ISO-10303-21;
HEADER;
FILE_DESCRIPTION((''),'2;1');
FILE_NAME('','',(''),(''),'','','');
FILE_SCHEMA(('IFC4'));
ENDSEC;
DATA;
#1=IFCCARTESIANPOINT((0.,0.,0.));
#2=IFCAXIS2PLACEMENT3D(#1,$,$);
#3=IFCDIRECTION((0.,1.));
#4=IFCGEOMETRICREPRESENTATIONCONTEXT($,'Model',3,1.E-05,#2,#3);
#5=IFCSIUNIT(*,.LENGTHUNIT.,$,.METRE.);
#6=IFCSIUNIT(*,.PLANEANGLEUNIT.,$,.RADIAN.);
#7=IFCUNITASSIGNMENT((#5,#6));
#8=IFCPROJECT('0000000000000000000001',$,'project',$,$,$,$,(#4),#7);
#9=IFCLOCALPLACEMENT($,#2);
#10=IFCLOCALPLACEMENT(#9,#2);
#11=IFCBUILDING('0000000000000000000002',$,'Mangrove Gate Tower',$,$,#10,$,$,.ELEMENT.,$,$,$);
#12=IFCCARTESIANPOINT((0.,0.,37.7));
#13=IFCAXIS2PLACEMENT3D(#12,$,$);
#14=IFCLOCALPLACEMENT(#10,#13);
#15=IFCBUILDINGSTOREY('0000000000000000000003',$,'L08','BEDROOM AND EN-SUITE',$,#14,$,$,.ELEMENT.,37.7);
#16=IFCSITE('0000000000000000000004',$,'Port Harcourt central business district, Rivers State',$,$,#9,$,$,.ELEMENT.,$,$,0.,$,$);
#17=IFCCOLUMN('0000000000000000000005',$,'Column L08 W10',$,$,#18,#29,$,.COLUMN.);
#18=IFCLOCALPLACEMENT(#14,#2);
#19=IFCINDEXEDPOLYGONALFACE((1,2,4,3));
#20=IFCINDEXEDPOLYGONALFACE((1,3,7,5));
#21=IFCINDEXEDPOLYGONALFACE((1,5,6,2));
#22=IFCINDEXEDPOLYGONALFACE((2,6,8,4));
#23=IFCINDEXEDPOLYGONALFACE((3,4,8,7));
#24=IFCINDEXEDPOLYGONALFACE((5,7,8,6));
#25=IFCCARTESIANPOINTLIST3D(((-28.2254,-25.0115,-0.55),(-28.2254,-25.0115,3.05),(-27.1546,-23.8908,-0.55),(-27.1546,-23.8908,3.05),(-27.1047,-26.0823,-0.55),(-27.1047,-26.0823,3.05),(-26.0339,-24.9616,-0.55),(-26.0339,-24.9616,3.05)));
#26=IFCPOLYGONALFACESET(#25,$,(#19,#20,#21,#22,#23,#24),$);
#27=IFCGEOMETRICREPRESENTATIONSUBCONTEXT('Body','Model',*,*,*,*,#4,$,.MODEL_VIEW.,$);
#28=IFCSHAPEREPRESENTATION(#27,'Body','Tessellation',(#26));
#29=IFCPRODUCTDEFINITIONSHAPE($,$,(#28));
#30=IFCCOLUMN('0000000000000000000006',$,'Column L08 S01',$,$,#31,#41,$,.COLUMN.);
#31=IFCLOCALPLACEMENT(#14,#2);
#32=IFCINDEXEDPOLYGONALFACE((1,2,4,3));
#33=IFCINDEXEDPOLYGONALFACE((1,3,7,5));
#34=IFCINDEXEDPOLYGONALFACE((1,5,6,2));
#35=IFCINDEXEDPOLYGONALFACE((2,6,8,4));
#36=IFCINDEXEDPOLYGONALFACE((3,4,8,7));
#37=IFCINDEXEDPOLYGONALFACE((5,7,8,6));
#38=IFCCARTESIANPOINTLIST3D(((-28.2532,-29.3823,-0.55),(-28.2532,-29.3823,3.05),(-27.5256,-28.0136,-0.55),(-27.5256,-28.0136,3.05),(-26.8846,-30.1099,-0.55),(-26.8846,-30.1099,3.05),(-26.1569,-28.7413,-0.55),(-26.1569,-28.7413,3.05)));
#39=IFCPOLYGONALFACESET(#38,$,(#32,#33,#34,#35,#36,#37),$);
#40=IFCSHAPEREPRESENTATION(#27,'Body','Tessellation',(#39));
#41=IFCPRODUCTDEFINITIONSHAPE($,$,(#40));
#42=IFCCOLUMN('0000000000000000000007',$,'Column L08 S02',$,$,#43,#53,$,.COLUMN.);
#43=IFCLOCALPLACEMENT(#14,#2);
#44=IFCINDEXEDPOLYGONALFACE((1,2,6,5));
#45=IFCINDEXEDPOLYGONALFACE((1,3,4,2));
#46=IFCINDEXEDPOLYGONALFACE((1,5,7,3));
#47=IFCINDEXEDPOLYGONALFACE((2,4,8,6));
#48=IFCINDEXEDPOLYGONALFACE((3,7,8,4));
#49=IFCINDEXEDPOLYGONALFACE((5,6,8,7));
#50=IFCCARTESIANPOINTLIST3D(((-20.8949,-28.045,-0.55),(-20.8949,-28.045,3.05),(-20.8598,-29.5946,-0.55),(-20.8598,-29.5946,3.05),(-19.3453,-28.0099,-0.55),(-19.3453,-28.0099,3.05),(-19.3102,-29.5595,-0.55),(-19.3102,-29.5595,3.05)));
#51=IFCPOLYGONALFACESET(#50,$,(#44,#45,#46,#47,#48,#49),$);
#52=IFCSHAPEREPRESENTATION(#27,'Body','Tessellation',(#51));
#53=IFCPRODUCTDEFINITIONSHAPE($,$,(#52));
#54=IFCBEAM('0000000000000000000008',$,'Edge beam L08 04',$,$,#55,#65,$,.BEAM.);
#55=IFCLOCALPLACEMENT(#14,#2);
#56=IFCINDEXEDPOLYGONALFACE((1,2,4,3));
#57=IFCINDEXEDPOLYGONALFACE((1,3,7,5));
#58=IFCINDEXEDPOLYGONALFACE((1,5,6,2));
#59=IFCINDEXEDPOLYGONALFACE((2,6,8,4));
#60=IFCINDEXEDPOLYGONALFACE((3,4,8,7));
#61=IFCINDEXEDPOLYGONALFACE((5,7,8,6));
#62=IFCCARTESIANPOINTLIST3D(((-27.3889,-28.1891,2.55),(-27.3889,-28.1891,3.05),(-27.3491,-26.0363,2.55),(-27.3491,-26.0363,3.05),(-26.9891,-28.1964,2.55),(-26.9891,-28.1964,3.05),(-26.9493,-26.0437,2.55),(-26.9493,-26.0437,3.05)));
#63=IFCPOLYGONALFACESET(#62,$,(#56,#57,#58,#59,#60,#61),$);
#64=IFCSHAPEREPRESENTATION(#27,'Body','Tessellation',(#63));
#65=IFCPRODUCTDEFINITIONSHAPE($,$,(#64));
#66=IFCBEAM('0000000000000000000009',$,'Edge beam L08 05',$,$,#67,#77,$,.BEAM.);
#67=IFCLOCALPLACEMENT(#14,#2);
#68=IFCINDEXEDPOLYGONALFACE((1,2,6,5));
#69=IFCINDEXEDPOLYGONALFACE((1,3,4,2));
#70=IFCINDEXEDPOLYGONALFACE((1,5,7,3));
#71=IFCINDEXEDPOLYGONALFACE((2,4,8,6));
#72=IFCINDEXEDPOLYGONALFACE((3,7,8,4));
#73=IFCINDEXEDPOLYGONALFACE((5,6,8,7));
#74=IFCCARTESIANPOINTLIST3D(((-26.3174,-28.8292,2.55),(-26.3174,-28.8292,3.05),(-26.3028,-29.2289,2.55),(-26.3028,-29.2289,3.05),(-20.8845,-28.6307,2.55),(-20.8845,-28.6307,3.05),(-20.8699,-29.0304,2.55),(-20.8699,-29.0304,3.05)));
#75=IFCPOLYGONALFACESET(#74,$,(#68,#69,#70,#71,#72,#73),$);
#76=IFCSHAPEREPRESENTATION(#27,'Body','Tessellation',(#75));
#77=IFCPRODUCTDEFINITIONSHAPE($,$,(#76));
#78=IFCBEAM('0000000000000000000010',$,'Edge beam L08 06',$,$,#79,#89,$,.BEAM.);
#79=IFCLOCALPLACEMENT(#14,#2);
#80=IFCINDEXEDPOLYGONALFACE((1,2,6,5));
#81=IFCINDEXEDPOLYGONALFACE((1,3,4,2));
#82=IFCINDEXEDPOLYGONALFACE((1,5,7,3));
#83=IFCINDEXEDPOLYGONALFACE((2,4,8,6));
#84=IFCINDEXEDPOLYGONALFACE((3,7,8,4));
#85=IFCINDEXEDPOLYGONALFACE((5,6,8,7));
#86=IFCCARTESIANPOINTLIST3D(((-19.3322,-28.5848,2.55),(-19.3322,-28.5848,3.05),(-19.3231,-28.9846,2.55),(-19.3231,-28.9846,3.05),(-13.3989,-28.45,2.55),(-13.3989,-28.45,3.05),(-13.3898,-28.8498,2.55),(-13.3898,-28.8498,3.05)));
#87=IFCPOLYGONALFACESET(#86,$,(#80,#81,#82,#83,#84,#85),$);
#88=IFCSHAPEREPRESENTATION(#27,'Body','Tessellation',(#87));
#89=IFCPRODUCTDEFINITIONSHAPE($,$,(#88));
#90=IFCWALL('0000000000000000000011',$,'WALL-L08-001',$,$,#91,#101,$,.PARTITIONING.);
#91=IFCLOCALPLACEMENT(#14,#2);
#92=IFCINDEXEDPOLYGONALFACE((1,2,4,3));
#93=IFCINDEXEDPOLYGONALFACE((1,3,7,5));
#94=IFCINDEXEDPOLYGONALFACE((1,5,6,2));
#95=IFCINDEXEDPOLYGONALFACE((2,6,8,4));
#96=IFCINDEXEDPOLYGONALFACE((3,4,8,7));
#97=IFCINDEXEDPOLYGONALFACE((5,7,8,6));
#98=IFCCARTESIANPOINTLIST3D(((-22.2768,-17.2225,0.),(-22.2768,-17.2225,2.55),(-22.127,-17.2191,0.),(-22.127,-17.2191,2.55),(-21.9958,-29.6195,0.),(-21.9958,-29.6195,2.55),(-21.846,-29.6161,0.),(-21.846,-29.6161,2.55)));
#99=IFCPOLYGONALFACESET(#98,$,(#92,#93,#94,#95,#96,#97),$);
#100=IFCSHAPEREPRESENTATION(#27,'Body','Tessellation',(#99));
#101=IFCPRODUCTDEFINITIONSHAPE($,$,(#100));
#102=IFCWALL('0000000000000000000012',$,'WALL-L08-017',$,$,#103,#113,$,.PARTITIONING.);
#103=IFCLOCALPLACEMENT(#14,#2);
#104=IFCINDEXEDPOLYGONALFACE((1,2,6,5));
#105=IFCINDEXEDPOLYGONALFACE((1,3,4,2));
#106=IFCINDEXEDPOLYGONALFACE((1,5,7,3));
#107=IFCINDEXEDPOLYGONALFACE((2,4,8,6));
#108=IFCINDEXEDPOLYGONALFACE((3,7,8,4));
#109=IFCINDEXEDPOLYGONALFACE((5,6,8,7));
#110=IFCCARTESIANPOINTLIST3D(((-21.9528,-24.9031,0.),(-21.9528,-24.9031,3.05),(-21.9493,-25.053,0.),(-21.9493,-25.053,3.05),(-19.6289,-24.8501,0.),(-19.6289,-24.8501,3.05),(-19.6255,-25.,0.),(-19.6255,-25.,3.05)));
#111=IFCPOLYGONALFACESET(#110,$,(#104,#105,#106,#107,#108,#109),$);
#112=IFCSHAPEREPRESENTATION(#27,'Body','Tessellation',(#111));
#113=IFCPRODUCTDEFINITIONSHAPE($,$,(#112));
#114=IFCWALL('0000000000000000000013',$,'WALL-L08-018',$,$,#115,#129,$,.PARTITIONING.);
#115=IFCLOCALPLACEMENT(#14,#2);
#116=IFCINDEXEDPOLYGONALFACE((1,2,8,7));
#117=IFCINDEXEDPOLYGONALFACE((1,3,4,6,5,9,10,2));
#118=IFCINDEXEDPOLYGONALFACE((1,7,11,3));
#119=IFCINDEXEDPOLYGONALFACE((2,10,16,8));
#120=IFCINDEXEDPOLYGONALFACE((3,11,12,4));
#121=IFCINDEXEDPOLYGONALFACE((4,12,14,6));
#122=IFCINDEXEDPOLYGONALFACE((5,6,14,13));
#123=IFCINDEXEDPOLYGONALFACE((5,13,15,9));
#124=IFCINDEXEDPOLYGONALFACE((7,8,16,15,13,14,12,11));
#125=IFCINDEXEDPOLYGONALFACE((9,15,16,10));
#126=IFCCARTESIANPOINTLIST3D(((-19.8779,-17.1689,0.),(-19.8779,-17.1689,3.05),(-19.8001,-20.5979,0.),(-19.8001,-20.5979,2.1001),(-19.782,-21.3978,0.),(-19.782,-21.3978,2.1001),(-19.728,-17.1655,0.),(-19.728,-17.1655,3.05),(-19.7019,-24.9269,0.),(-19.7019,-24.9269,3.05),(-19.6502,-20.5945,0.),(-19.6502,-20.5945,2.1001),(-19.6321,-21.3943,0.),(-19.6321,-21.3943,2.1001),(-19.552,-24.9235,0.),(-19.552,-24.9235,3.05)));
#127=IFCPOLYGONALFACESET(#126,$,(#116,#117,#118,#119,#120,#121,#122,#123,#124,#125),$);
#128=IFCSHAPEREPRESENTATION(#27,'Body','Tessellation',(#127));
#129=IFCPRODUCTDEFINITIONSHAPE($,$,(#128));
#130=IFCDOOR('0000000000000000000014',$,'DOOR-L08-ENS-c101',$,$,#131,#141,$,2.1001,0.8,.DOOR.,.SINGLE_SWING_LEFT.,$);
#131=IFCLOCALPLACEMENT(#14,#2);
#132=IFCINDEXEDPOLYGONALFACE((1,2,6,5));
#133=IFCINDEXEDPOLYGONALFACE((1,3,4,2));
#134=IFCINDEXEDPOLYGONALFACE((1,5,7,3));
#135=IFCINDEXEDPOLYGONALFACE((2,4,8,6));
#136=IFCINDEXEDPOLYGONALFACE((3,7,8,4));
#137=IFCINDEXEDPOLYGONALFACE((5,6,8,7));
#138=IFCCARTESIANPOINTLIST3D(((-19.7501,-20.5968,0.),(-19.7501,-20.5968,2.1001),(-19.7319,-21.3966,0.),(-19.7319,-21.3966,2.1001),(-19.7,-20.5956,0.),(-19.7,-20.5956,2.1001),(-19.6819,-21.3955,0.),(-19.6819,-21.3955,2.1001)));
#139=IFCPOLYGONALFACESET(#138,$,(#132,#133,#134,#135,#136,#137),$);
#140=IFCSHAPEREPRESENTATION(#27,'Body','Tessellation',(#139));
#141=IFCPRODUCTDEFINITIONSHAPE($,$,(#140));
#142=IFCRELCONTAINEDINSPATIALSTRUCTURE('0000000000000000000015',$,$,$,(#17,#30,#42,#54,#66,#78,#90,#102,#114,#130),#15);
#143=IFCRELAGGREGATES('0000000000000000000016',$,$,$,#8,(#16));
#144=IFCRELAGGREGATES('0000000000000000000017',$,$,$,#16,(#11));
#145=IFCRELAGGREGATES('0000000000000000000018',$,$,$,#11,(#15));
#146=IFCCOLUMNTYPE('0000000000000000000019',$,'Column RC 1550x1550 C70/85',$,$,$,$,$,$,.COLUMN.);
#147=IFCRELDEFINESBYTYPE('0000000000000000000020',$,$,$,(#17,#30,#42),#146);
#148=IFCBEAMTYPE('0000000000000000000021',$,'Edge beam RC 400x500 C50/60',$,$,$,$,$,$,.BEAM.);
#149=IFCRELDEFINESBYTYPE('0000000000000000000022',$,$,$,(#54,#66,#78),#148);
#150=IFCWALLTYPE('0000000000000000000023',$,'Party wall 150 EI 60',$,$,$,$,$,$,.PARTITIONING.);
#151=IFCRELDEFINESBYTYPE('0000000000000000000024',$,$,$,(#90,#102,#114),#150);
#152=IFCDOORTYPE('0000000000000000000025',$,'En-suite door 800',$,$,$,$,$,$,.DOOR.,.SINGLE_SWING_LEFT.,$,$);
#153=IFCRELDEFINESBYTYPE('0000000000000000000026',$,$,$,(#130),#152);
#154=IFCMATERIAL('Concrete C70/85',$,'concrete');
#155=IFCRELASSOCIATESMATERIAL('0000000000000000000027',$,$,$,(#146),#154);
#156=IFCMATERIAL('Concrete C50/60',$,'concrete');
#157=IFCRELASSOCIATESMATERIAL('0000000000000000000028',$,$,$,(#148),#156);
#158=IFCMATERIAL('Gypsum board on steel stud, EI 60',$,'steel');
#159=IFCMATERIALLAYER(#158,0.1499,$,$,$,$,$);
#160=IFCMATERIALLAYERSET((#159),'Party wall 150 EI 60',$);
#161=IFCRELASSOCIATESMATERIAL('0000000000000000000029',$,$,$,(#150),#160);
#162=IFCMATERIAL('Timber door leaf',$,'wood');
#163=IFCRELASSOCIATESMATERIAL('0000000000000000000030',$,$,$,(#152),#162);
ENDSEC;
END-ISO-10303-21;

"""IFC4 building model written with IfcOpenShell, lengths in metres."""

from ifc_helpers import new_model, si_unit, direction, frame, frame_2d, origin, origin_2d, place, context, subcontext, project, spatial, rectangle, extrude, material, layer, layer_set, material_profile, profile_set, type_object, element, fill, save


model = new_model("IFC4")

# Units and contexts
model_context = context("Model", 3, precision=1e-05, world=origin(), true_north=direction((0.0, 1.0)))
body_context = subcontext(model_context, "Body", "Model", "MODEL_VIEW")
ifc_project = project(units=[si_unit("LENGTHUNIT", "METRE"), si_unit("PLANEANGLEUNIT", "RADIAN")], contexts=[model_context])

# Site, building, storey
site_placement = place(None, origin())
site = spatial("IfcSite", under=ifc_project, at=site_placement, Name="Port Harcourt central business district, Rivers State", CompositionType="ELEMENT", RefElevation=0.0)
building_placement = place(site_placement, origin())
building = spatial("IfcBuilding", under=site, at=building_placement, Name="Mangrove Gate Tower", CompositionType="ELEMENT")
storey_placement = place(building_placement, frame((0.0, 0.0, 37.7)))
storey = spatial("IfcBuildingStorey", under=building, at=storey_placement, Name="L08", Description="BEDROOM AND EN-SUITE", CompositionType="ELEMENT", Elevation=37.7)

# Columns
ifc_material_1 = material(Name="Concrete C70/85", Category="concrete")
ifc_material_profile_1 = material_profile(ifc_material_1, rectangle(XDim=1.55, YDim=1.55, at=origin_2d()))
ifc_profile_set_1 = profile_set([ifc_material_profile_1], Name="Concrete C70/85")
column_type = type_object("IfcColumnType", Name="Column RC 1550x1550 C70/85", PredefinedType="COLUMN", material=ifc_profile_set_1)
for number, where, z_axis, x_axis, name in (
    (1, (-27.1296, -24.9866, -0.55), (0.0, 0.0, 1.0), (0.723004, -0.690844, 0.0), "Column L08 W10"),
    (2, (-27.2051, -29.0618, -0.55), (0.0, 0.0, 1.0), (0.882965, -0.469439, 0.0), "Column L08 S01"),
    (3, (-20.1025, -28.8022, -0.55), (0.0, 0.0, 1.0), (0.999744, 0.022644, 0.0), "Column L08 S02"),
):
    element("IfcColumn", number, at=place(storey_placement, frame(where, z_axis=z_axis, x_axis=x_axis)), inside=storey, type_object=column_type, Name=name, PredefinedType="COLUMN", context=body_context, shape_type="SweptSolid", body=[
        extrude(rectangle(XDim=1.55, YDim=1.55, at=origin_2d()), origin(), (0.0, 0.0, 1.0), 3.6001),
    ])

# Beams
ifc_material_2 = material(Name="Concrete C50/60", Category="concrete")
ifc_material_profile_2 = material_profile(ifc_material_2, rectangle(XDim=0.3999, YDim=0.5, at=origin_2d()))
ifc_profile_set_2 = profile_set([ifc_material_profile_2], Name="Concrete C50/60")
beam_type = type_object("IfcBeamType", Name="Edge beam RC 400x500 C50/60", PredefinedType="BEAM", material=ifc_profile_set_2)
beam_1_placement = place(storey_placement, frame((-27.1492, -26.04, 2.8), z_axis=(-0.018484, -0.999829, 0.0), x_axis=(0.999829, -0.018484, 0.0)))
element("IfcBeam", 4, at=beam_1_placement, inside=storey, type_object=beam_type, Name="Edge beam L08 04", PredefinedType="BEAM", context=body_context, shape_type="SweptSolid", body=[
    extrude(rectangle(XDim=0.3999, YDim=0.5, at=origin_2d()), origin(), (0.0, 0.0, 1.0), 2.1531),
])
beam_2_placement = place(storey_placement, frame((-26.3101, -29.0291, 2.8), z_axis=(0.999333, 0.03651, 0.0), x_axis=(-0.03651, 0.999333, 0.0)))
element("IfcBeam", 5, at=beam_2_placement, inside=storey, type_object=beam_type, Name="Edge beam L08 05", PredefinedType="BEAM", context=body_context, shape_type="SweptSolid", body=[
    extrude(rectangle(XDim=0.3999, YDim=0.5, at=origin_2d()), origin(), (0.0, 0.0, 1.0), 5.4365),
])
beam_3_placement = place(storey_placement, frame((-19.3276, -28.7847, 2.8), z_axis=(0.999742, 0.022707, 0.0), x_axis=(-0.022707, 0.999742, 0.0)))
element("IfcBeam", 6, at=beam_3_placement, inside=storey, type_object=beam_type, Name="Edge beam L08 06", PredefinedType="BEAM", context=body_context, shape_type="SweptSolid", body=[
    extrude(rectangle(XDim=0.3999, YDim=0.5, at=origin_2d()), origin(), (0.0, 0.0, 1.0), 5.9348),
])

# Walls
ifc_material_3 = material(Name="Gypsum board on steel stud, EI 60", Category="steel")
ifc_layer = layer(ifc_material_3, 0.1499)
ifc_layer_set = layer_set([ifc_layer], Name="Party wall 150 EI 60")
wall_type = type_object("IfcWallType", Name="Party wall 150 EI 60", PredefinedType="PARTITIONING", material=ifc_layer_set)
wall_1_placement = place(storey_placement, frame((-21.9209, -29.6179, 0.0), z_axis=(0.0, 0.0, 1.0), x_axis=(-0.022661, 0.999743, 0.0)))
element("IfcWall", 7, at=wall_1_placement, inside=storey, type_object=wall_type, Name="WALL-L08-001", PredefinedType="PARTITIONING", context=body_context, shape_type="SweptSolid", body=[
    extrude(rectangle(XDim=12.4001, YDim=0.1499, at=frame_2d((6.2002, 0.0))), origin(), (0.0, 0.0, 1.0), 2.55),
])
wall_2_placement = place(storey_placement, frame((-21.9509, -24.978, 0.0), z_axis=(0.0, 0.0, 1.0), x_axis=(0.99974, 0.022791, 0.0)))
element("IfcWall", 8, at=wall_2_placement, inside=storey, type_object=wall_type, Name="WALL-L08-017", PredefinedType="PARTITIONING", context=body_context, shape_type="SweptSolid", body=[
    extrude(rectangle(XDim=2.3245, YDim=0.1499, at=frame_2d((1.1621, 0.0))), origin(), (0.0, 0.0, 1.0), 3.05),
])

# Wall, opening, door
wall_3_placement = place(storey_placement, frame((-19.627, -24.925, 0.0), z_axis=(0.0, 0.0, 1.0), x_axis=(-0.022684, 0.999743, 0.0)))
wall_3 = element("IfcWall", 9, at=wall_3_placement, inside=storey, type_object=wall_type, Name="WALL-L08-018", PredefinedType="PARTITIONING", context=body_context, shape_type="SweptSolid", body=[
    extrude(rectangle(XDim=7.76, YDim=0.1499, at=frame_2d((3.8799, 0.0))), origin(), (0.0, 0.0, 1.0), 3.05),
])
opening_placement = place(wall_3_placement, frame((3.53, 0.0, 0.0)))
opening = element("IfcOpeningElement", 10, at=opening_placement, cuts=wall_3, PredefinedType="OPENING", context=body_context, shape_type="SweptSolid", body=[
    extrude(rectangle(XDim=0.8, YDim=2.1001, at=frame_2d((0.3999, 1.05))), frame((0.0, 0.085, 0.0), z_axis=(0.0, -1.0, 0.0), x_axis=(1.0, 0.0, 0.0)), (0.0, 0.0, 1.0), 0.1699),
])
ifc_material_4 = material(Name="Timber door leaf", Category="wood")
door_type = type_object("IfcDoorType", Name="En-suite door 800", OperationType="SINGLE_SWING_LEFT", PredefinedType="DOOR", material=ifc_material_4)
door_placement = place(opening_placement, origin())
door = element("IfcDoor", 11, at=door_placement, inside=storey, type_object=door_type, Name="DOOR-L08-ENS-c101", OperationType="SINGLE_SWING_LEFT", OverallHeight=2.1001, OverallWidth=0.8, PredefinedType="DOOR", context=body_context, shape_type="SweptSolid", body=[
    extrude(rectangle(XDim=0.8, YDim=2.1001, at=frame_2d((0.3999, 1.05))), frame((0.0, 0.0249, 0.0), z_axis=(0.0, -1.0, 0.0), x_axis=(1.0, 0.0, 0.0)), (0.0, 0.0, 1.0), 0.05),
])
fill(opening, door)

save(model, "model.ifc")
